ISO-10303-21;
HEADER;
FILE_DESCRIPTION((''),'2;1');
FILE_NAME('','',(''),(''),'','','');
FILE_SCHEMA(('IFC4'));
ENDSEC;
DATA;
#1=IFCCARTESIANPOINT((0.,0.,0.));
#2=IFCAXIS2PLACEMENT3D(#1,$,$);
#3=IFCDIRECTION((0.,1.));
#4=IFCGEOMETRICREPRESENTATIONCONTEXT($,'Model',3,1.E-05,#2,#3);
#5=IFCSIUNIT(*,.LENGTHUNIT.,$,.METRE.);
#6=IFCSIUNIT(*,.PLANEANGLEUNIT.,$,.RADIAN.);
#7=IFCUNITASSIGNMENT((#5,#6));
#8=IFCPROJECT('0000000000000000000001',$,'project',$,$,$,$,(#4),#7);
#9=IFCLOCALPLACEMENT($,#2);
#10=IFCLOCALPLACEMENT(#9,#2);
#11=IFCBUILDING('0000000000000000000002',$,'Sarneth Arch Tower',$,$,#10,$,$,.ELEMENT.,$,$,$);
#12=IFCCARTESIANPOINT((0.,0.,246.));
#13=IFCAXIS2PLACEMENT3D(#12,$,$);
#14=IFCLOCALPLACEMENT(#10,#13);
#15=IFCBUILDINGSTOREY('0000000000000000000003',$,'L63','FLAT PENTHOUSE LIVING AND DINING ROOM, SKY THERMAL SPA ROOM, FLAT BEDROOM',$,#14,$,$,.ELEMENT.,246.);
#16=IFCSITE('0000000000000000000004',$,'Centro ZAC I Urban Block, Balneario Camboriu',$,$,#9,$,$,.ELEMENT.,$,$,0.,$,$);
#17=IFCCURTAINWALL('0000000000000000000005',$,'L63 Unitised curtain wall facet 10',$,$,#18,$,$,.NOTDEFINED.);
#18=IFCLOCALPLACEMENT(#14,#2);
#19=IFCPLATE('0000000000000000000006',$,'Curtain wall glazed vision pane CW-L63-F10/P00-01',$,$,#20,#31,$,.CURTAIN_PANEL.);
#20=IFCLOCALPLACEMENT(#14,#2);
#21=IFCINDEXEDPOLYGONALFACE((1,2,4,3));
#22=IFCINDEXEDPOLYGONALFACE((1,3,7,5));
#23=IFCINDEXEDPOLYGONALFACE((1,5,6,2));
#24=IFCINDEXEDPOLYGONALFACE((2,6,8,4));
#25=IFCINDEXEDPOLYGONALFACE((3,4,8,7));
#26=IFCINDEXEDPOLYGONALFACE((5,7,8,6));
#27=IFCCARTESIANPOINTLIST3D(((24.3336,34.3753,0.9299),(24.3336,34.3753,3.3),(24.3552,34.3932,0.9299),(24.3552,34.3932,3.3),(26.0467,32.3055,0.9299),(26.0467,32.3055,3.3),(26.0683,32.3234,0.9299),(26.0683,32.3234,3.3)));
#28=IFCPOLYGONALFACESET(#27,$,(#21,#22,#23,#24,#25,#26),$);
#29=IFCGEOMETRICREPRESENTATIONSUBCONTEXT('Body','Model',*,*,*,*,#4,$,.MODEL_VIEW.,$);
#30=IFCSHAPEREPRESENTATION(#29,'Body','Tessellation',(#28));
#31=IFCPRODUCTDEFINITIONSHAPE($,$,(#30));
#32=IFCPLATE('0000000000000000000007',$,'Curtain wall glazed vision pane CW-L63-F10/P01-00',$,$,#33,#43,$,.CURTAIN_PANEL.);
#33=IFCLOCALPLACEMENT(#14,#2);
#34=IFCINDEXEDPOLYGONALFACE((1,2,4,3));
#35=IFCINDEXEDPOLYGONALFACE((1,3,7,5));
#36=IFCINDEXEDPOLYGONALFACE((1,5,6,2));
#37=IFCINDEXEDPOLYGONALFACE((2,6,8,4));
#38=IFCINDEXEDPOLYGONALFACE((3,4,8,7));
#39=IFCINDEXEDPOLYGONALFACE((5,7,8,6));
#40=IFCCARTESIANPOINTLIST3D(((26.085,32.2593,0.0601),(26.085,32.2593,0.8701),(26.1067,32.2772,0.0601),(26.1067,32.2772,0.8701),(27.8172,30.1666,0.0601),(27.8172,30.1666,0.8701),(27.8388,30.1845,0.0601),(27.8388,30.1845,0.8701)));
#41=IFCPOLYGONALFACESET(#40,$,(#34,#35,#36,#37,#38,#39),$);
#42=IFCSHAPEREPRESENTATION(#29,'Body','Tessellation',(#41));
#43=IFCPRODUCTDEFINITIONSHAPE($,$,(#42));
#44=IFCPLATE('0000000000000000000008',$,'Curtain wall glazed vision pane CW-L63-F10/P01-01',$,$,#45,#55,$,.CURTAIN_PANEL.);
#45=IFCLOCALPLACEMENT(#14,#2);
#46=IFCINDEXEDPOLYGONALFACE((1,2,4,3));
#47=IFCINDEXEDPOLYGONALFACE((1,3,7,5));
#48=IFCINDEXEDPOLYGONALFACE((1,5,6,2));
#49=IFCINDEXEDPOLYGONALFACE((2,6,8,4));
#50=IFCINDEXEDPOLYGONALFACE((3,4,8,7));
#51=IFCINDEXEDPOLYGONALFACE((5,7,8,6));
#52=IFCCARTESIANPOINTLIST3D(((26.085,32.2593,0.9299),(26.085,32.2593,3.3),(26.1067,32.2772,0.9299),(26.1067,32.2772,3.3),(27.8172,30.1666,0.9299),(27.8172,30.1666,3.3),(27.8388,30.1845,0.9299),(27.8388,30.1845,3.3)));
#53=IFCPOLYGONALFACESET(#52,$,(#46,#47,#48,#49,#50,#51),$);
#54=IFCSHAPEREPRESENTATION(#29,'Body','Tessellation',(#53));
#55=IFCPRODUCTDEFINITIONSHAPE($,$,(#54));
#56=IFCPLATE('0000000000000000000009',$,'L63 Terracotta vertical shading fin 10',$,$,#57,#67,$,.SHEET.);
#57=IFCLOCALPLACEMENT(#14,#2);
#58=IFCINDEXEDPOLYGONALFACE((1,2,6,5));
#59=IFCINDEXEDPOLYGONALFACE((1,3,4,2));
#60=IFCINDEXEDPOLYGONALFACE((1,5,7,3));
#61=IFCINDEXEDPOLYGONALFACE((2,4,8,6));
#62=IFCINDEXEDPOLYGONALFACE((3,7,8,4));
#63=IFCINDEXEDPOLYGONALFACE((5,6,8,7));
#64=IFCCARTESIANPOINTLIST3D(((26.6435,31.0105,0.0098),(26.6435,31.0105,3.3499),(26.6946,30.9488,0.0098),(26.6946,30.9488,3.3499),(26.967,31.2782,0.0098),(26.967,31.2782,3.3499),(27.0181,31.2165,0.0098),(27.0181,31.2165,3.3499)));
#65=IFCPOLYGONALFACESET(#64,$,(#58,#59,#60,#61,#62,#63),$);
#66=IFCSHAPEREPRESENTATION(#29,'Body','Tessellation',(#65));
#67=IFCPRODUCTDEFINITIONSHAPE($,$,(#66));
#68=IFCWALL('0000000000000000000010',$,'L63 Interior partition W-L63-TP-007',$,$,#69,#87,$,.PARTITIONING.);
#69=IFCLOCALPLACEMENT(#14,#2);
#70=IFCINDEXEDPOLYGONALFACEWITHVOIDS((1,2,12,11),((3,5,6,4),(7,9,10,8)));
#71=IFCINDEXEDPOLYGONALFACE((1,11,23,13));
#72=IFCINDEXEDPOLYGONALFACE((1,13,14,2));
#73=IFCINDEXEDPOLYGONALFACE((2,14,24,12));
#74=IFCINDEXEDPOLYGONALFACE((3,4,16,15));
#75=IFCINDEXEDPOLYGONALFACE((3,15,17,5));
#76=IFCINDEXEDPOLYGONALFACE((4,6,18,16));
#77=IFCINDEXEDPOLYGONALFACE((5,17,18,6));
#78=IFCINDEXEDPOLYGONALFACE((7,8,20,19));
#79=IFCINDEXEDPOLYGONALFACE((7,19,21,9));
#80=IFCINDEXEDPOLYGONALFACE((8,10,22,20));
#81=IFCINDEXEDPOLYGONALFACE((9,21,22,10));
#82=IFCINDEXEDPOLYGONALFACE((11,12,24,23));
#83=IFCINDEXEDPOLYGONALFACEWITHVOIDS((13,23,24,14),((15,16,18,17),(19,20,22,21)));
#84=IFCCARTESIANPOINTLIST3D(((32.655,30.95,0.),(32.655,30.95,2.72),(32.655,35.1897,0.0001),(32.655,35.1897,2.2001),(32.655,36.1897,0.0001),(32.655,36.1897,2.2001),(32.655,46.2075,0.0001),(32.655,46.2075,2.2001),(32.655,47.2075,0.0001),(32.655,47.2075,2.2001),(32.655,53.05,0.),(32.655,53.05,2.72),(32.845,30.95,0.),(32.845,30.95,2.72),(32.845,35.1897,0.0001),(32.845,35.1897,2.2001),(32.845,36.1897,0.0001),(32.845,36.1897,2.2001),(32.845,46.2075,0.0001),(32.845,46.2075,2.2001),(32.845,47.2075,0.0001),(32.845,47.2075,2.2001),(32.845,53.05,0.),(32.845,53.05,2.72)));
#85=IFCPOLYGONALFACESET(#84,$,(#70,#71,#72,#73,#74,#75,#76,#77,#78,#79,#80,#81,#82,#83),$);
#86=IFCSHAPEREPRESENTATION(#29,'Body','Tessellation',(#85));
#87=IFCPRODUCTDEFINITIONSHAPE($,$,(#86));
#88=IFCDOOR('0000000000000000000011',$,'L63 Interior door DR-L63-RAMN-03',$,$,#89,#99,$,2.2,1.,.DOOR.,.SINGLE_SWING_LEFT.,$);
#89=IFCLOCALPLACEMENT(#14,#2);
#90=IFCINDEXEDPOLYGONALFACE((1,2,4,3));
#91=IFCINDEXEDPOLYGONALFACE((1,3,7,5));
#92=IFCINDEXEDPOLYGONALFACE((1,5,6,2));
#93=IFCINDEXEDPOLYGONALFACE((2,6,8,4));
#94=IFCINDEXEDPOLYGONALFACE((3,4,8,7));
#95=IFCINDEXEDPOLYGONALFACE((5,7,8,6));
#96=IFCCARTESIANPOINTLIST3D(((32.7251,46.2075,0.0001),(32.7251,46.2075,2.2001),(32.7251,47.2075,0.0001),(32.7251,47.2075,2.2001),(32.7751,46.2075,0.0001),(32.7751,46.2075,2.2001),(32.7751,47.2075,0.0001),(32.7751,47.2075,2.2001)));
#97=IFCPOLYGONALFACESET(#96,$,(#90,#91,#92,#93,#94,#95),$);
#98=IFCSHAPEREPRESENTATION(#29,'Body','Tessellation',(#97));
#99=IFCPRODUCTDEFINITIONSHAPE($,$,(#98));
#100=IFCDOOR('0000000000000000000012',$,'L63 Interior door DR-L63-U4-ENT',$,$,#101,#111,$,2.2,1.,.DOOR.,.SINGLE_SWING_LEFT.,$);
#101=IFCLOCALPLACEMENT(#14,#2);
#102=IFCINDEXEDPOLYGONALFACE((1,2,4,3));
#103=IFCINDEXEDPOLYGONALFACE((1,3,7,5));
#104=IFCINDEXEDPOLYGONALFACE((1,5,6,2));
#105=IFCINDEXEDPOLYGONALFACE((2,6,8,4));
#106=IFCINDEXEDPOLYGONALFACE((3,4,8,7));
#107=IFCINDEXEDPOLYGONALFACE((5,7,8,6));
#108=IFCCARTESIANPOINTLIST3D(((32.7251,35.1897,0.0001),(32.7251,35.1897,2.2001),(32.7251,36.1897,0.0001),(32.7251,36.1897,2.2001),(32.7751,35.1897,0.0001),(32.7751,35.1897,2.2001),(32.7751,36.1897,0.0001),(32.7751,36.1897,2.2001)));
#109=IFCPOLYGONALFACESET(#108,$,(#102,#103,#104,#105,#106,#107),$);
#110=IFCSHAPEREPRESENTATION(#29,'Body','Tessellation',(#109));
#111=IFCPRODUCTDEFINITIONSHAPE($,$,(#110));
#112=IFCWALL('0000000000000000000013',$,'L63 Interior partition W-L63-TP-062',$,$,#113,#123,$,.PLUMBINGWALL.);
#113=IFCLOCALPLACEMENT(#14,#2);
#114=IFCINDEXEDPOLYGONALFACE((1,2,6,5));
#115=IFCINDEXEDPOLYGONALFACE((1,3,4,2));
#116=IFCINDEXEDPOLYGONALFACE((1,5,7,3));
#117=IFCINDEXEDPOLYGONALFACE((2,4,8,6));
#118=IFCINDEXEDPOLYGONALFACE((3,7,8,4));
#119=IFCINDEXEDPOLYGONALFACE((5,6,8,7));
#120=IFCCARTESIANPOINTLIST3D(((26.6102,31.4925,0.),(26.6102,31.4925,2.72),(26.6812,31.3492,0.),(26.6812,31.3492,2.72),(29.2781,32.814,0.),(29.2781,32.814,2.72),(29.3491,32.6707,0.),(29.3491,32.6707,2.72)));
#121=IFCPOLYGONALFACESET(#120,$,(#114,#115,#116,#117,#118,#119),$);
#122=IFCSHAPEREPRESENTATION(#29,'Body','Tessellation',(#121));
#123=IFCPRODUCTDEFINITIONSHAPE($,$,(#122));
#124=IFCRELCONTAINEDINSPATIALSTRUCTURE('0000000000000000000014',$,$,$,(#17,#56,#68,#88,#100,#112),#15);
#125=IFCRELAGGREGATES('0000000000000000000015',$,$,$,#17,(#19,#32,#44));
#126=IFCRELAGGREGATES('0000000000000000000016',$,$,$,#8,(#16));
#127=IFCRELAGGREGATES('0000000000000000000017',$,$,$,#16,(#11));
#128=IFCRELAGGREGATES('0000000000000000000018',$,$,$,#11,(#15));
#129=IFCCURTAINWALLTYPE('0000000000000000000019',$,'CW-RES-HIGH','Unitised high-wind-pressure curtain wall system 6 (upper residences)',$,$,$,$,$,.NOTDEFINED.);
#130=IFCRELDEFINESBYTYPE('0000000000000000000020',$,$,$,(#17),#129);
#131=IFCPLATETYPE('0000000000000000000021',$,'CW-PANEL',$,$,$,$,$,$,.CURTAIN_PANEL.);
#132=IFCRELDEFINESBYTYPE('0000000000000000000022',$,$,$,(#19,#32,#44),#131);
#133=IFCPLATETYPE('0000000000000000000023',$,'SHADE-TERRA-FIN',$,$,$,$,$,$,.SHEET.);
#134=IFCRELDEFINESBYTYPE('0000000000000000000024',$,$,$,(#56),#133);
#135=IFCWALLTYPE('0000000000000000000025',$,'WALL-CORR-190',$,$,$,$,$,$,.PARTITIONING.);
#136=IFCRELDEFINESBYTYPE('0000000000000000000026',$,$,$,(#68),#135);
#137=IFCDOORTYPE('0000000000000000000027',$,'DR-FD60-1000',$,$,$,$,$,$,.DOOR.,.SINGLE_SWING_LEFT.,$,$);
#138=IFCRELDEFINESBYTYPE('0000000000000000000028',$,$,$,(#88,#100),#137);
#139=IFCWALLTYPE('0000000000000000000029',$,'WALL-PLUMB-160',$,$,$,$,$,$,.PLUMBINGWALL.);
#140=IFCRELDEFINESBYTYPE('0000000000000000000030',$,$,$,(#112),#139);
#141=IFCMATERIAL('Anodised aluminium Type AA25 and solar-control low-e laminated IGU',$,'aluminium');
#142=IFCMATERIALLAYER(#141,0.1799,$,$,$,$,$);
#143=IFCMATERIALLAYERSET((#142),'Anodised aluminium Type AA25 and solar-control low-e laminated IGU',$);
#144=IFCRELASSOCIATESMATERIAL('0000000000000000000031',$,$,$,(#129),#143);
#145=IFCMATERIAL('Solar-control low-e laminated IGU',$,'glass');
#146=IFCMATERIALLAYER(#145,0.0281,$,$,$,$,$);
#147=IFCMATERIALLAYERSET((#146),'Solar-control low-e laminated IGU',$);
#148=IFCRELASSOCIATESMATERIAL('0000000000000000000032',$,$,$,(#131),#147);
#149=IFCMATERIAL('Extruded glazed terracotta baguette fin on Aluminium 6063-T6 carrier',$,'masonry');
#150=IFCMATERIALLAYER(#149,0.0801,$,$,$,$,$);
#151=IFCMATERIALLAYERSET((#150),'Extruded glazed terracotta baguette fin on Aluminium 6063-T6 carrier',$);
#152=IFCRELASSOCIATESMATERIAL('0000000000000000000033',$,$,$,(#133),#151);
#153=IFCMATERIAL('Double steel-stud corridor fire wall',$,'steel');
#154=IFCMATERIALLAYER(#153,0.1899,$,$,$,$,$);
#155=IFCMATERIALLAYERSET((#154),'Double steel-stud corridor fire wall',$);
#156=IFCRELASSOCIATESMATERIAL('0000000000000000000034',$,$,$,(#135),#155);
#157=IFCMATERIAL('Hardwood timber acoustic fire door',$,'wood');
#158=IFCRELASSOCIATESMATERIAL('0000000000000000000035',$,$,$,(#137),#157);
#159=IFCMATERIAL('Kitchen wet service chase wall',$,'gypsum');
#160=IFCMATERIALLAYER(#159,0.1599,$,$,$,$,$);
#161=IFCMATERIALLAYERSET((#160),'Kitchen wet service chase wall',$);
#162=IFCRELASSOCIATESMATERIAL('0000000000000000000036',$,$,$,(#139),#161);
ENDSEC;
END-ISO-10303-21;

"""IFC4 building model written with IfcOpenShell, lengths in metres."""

from ifc_helpers import new_model, si_unit, direction, frame, frame_2d, origin, origin_2d, place, context, subcontext, project, spatial, rectangle, extrude, material, layer, layer_set, type_object, element, fill, aggregate, save


model = new_model("IFC4")

# Units and contexts
model_context = context("Model", 3, precision=1e-05, world=origin(), true_north=direction((0.0, 1.0)))
body_context = subcontext(model_context, "Body", "Model", "MODEL_VIEW")
ifc_project = project(units=[si_unit("LENGTHUNIT", "METRE"), si_unit("PLANEANGLEUNIT", "RADIAN")], contexts=[model_context])

# Site, building, storey
site_placement = place(None, origin())
site = spatial("IfcSite", under=ifc_project, at=site_placement, Name="Centro ZAC I Urban Block, Balneario Camboriu", CompositionType="ELEMENT", RefElevation=0.0)
building_placement = place(site_placement, origin())
building = spatial("IfcBuilding", under=site, at=building_placement, Name="Sarneth Arch Tower", CompositionType="ELEMENT")
storey_placement = place(building_placement, frame((0.0, 0.0, 246.0)))
storey = spatial("IfcBuildingStorey", under=building, at=storey_placement, Name="L63", Description="FLAT PENTHOUSE LIVING AND DINING ROOM, SKY THERMAL SPA ROOM, FLAT BEDROOM", CompositionType="ELEMENT", Elevation=246.0)

# Curtain wall, plates
ifc_material_1 = material(Name="Anodised aluminium Type AA25 and solar-control low-e laminated IGU", Category="aluminium")
ifc_layer_1 = layer(ifc_material_1, 0.1799)
ifc_layer_set_1 = layer_set([ifc_layer_1], Name="Anodised aluminium Type AA25 and solar-control low-e laminated IGU")
curtain_wall_type = type_object("IfcCurtainWallType", Name="CW-RES-HIGH", Description="Unitised high-wind-pressure curtain wall system 6 (upper residences)", PredefinedType="NOTDEFINED", material=ifc_layer_set_1)
curtain_wall_placement = place(storey_placement, origin())
curtain_wall = element("IfcCurtainWall", 1, at=curtain_wall_placement, inside=storey, type_object=curtain_wall_type, Name="L63 Unitised curtain wall facet 10", PredefinedType="NOTDEFINED")
ifc_material_2 = material(Name="Solar-control low-e laminated IGU", Category="glass")
ifc_layer_2 = layer(ifc_material_2, 0.0281)
ifc_layer_set_2 = layer_set([ifc_layer_2], Name="Solar-control low-e laminated IGU")
plate_type_1 = type_object("IfcPlateType", Name="CW-PANEL", PredefinedType="CURTAIN_PANEL", material=ifc_layer_set_2)
plate_1_placement = place(storey_placement, frame((25.2009, 33.3494, 0.9299), z_axis=(0.0, 0.0, 1.0), x_axis=(0.63761, -0.770359, 0.0)))
plate_1 = element("IfcPlate", 2, at=plate_1_placement, type_object=plate_type_1, Name="Curtain wall glazed vision pane CW-L63-F10/P00-01", PredefinedType="CURTAIN_PANEL", context=body_context, shape_type="SweptSolid", body=[
    extrude(rectangle(XDim=2.6868, YDim=0.0281, at=origin_2d()), origin(), (0.0, 0.0, 1.0), 2.3701),
])
plate_2_placement = place(storey_placement, frame((26.9619, 31.2219, 0.0601), z_axis=(0.0, 0.0, 1.0), x_axis=(0.63761, -0.770359, 0.0)))
plate_2 = element("IfcPlate", 3, at=plate_2_placement, type_object=plate_type_1, Name="Curtain wall glazed vision pane CW-L63-F10/P01-00", PredefinedType="CURTAIN_PANEL", context=body_context, shape_type="SweptSolid", body=[
    extrude(rectangle(XDim=2.7166, YDim=0.0281, at=origin_2d()), origin(), (0.0, 0.0, 1.0), 0.8101),
])
plate_3_placement = place(storey_placement, frame((26.9619, 31.2219, 0.9299), z_axis=(0.0, 0.0, 1.0), x_axis=(0.63761, -0.770359, 0.0)))
plate_3 = element("IfcPlate", 4, at=plate_3_placement, type_object=plate_type_1, Name="Curtain wall glazed vision pane CW-L63-F10/P01-01", PredefinedType="CURTAIN_PANEL", context=body_context, shape_type="SweptSolid", body=[
    extrude(rectangle(XDim=2.7166, YDim=0.0281, at=origin_2d()), origin(), (0.0, 0.0, 1.0), 2.3701),
])
aggregate(curtain_wall, [plate_1, plate_2, plate_3])

# Plate
ifc_material_3 = material(Name="Extruded glazed terracotta baguette fin on Aluminium 6063-T6 carrier", Category="masonry")
ifc_layer_3 = layer(ifc_material_3, 0.0801)
ifc_layer_set_3 = layer_set([ifc_layer_3], Name="Extruded glazed terracotta baguette fin on Aluminium 6063-T6 carrier")
plate_type_2 = type_object("IfcPlateType", Name="SHADE-TERRA-FIN", PredefinedType="SHEET", material=ifc_layer_set_3)
plate_4_placement = place(storey_placement, frame((26.8308, 31.1135, 0.0098), z_axis=(0.0, 0.0, 1.0), x_axis=(-0.770402, -0.637558, 0.0)))
element("IfcPlate", 5, at=plate_4_placement, inside=storey, type_object=plate_type_2, Name="L63 Terracotta vertical shading fin 10", PredefinedType="SHEET", context=body_context, shape_type="SweptSolid", body=[
    extrude(rectangle(XDim=0.4199, YDim=0.0801, at=origin_2d()), origin(), (0.0, 0.0, 1.0), 3.3401),
])

# Wall, openings, doors
ifc_material_4 = material(Name="Double steel-stud corridor fire wall", Category="steel")
ifc_layer_4 = layer(ifc_material_4, 0.1899)
ifc_layer_set_4 = layer_set([ifc_layer_4], Name="Double steel-stud corridor fire wall")
wall_type_1 = type_object("IfcWallType", Name="WALL-CORR-190", PredefinedType="PARTITIONING", material=ifc_layer_set_4)
wall_1_placement = place(storey_placement, frame((32.75, 30.95, 0.0), z_axis=(0.0, 0.0, 1.0), x_axis=(0.0, 1.0, 0.0)))
wall_1 = element("IfcWall", 6, at=wall_1_placement, inside=storey, type_object=wall_type_1, Name="L63 Interior partition W-L63-TP-007", PredefinedType="PARTITIONING", context=body_context, shape_type="SweptSolid", body=[
    extrude(rectangle(XDim=22.1001, YDim=0.1899, at=frame_2d((11.05, 0.0))), origin(), (0.0, 0.0, 1.0), 2.72),
])
opening_1_placement = place(wall_1_placement, frame((15.2576, 0.0, 0.0)))
opening_1 = element("IfcOpeningElement", 7, at=opening_1_placement, cuts=wall_1, PredefinedType="OPENING", context=body_context, shape_type="SweptSolid", body=[
    extrude(rectangle(XDim=1.0, YDim=2.2, at=frame_2d((0.5, 1.1001))), frame((0.0, 0.105, 0.0), z_axis=(0.0, -1.0, 0.0), x_axis=(1.0, 0.0, 0.0)), (0.0, 0.0, 1.0), 0.21),
])
opening_2_placement = place(wall_1_placement, frame((4.2397, 0.0, 0.0)))
opening_2 = element("IfcOpeningElement", 8, at=opening_2_placement, cuts=wall_1, PredefinedType="OPENING", context=body_context, shape_type="SweptSolid", body=[
    extrude(rectangle(XDim=1.0, YDim=2.2, at=frame_2d((0.5, 1.1001))), frame((0.0, 0.105, 0.0), z_axis=(0.0, -1.0, 0.0), x_axis=(1.0, 0.0, 0.0)), (0.0, 0.0, 1.0), 0.21),
])
ifc_material_5 = material(Name="Hardwood timber acoustic fire door", Category="wood")
door_type = type_object("IfcDoorType", Name="DR-FD60-1000", OperationType="SINGLE_SWING_LEFT", PredefinedType="DOOR", material=ifc_material_5)
door_1_placement = place(opening_1_placement, origin())
door_1 = element("IfcDoor", 9, at=door_1_placement, inside=storey, type_object=door_type, Name="L63 Interior door DR-L63-RAMN-03", OperationType="SINGLE_SWING_LEFT", OverallHeight=2.2, OverallWidth=1.0, PredefinedType="DOOR", context=body_context, shape_type="SweptSolid", body=[
    extrude(rectangle(XDim=1.0, YDim=2.2, at=frame_2d((0.5, 1.1001))), frame((0.0, 0.0249, 0.0), z_axis=(0.0, -1.0, 0.0), x_axis=(1.0, 0.0, 0.0)), (0.0, 0.0, 1.0), 0.05),
])
fill(opening_1, door_1)
door_2_placement = place(opening_2_placement, origin())
door_2 = element("IfcDoor", 10, at=door_2_placement, inside=storey, type_object=door_type, Name="L63 Interior door DR-L63-U4-ENT", OperationType="SINGLE_SWING_LEFT", OverallHeight=2.2, OverallWidth=1.0, PredefinedType="DOOR", context=body_context, shape_type="SweptSolid", body=[
    extrude(rectangle(XDim=1.0, YDim=2.2, at=frame_2d((0.5, 1.1001))), frame((0.0, 0.0249, 0.0), z_axis=(0.0, -1.0, 0.0), x_axis=(1.0, 0.0, 0.0)), (0.0, 0.0, 1.0), 0.05),
])
fill(opening_2, door_2)

# Wall
ifc_material_6 = material(Name="Kitchen wet service chase wall", Category="gypsum")
ifc_layer_5 = layer(ifc_material_6, 0.1599)
ifc_layer_set_5 = layer_set([ifc_layer_5], Name="Kitchen wet service chase wall")
wall_type_2 = type_object("IfcWallType", Name="WALL-PLUMB-160", PredefinedType="PLUMBINGWALL", material=ifc_layer_set_5)
wall_2_placement = place(storey_placement, frame((29.3137, 32.7424, 0.0), z_axis=(0.0, 0.0, 1.0), x_axis=(-0.896094, -0.443865, 0.0)))
element("IfcWall", 11, at=wall_2_placement, inside=storey, type_object=wall_type_2, Name="L63 Interior partition W-L63-TP-062", PredefinedType="PLUMBINGWALL", context=body_context, shape_type="SweptSolid", body=[
    extrude(rectangle(XDim=2.9773, YDim=0.1599, at=frame_2d((1.4888, 0.0))), origin(), (0.0, 0.0, 1.0), 2.72),
])

save(model, "model.ifc")
